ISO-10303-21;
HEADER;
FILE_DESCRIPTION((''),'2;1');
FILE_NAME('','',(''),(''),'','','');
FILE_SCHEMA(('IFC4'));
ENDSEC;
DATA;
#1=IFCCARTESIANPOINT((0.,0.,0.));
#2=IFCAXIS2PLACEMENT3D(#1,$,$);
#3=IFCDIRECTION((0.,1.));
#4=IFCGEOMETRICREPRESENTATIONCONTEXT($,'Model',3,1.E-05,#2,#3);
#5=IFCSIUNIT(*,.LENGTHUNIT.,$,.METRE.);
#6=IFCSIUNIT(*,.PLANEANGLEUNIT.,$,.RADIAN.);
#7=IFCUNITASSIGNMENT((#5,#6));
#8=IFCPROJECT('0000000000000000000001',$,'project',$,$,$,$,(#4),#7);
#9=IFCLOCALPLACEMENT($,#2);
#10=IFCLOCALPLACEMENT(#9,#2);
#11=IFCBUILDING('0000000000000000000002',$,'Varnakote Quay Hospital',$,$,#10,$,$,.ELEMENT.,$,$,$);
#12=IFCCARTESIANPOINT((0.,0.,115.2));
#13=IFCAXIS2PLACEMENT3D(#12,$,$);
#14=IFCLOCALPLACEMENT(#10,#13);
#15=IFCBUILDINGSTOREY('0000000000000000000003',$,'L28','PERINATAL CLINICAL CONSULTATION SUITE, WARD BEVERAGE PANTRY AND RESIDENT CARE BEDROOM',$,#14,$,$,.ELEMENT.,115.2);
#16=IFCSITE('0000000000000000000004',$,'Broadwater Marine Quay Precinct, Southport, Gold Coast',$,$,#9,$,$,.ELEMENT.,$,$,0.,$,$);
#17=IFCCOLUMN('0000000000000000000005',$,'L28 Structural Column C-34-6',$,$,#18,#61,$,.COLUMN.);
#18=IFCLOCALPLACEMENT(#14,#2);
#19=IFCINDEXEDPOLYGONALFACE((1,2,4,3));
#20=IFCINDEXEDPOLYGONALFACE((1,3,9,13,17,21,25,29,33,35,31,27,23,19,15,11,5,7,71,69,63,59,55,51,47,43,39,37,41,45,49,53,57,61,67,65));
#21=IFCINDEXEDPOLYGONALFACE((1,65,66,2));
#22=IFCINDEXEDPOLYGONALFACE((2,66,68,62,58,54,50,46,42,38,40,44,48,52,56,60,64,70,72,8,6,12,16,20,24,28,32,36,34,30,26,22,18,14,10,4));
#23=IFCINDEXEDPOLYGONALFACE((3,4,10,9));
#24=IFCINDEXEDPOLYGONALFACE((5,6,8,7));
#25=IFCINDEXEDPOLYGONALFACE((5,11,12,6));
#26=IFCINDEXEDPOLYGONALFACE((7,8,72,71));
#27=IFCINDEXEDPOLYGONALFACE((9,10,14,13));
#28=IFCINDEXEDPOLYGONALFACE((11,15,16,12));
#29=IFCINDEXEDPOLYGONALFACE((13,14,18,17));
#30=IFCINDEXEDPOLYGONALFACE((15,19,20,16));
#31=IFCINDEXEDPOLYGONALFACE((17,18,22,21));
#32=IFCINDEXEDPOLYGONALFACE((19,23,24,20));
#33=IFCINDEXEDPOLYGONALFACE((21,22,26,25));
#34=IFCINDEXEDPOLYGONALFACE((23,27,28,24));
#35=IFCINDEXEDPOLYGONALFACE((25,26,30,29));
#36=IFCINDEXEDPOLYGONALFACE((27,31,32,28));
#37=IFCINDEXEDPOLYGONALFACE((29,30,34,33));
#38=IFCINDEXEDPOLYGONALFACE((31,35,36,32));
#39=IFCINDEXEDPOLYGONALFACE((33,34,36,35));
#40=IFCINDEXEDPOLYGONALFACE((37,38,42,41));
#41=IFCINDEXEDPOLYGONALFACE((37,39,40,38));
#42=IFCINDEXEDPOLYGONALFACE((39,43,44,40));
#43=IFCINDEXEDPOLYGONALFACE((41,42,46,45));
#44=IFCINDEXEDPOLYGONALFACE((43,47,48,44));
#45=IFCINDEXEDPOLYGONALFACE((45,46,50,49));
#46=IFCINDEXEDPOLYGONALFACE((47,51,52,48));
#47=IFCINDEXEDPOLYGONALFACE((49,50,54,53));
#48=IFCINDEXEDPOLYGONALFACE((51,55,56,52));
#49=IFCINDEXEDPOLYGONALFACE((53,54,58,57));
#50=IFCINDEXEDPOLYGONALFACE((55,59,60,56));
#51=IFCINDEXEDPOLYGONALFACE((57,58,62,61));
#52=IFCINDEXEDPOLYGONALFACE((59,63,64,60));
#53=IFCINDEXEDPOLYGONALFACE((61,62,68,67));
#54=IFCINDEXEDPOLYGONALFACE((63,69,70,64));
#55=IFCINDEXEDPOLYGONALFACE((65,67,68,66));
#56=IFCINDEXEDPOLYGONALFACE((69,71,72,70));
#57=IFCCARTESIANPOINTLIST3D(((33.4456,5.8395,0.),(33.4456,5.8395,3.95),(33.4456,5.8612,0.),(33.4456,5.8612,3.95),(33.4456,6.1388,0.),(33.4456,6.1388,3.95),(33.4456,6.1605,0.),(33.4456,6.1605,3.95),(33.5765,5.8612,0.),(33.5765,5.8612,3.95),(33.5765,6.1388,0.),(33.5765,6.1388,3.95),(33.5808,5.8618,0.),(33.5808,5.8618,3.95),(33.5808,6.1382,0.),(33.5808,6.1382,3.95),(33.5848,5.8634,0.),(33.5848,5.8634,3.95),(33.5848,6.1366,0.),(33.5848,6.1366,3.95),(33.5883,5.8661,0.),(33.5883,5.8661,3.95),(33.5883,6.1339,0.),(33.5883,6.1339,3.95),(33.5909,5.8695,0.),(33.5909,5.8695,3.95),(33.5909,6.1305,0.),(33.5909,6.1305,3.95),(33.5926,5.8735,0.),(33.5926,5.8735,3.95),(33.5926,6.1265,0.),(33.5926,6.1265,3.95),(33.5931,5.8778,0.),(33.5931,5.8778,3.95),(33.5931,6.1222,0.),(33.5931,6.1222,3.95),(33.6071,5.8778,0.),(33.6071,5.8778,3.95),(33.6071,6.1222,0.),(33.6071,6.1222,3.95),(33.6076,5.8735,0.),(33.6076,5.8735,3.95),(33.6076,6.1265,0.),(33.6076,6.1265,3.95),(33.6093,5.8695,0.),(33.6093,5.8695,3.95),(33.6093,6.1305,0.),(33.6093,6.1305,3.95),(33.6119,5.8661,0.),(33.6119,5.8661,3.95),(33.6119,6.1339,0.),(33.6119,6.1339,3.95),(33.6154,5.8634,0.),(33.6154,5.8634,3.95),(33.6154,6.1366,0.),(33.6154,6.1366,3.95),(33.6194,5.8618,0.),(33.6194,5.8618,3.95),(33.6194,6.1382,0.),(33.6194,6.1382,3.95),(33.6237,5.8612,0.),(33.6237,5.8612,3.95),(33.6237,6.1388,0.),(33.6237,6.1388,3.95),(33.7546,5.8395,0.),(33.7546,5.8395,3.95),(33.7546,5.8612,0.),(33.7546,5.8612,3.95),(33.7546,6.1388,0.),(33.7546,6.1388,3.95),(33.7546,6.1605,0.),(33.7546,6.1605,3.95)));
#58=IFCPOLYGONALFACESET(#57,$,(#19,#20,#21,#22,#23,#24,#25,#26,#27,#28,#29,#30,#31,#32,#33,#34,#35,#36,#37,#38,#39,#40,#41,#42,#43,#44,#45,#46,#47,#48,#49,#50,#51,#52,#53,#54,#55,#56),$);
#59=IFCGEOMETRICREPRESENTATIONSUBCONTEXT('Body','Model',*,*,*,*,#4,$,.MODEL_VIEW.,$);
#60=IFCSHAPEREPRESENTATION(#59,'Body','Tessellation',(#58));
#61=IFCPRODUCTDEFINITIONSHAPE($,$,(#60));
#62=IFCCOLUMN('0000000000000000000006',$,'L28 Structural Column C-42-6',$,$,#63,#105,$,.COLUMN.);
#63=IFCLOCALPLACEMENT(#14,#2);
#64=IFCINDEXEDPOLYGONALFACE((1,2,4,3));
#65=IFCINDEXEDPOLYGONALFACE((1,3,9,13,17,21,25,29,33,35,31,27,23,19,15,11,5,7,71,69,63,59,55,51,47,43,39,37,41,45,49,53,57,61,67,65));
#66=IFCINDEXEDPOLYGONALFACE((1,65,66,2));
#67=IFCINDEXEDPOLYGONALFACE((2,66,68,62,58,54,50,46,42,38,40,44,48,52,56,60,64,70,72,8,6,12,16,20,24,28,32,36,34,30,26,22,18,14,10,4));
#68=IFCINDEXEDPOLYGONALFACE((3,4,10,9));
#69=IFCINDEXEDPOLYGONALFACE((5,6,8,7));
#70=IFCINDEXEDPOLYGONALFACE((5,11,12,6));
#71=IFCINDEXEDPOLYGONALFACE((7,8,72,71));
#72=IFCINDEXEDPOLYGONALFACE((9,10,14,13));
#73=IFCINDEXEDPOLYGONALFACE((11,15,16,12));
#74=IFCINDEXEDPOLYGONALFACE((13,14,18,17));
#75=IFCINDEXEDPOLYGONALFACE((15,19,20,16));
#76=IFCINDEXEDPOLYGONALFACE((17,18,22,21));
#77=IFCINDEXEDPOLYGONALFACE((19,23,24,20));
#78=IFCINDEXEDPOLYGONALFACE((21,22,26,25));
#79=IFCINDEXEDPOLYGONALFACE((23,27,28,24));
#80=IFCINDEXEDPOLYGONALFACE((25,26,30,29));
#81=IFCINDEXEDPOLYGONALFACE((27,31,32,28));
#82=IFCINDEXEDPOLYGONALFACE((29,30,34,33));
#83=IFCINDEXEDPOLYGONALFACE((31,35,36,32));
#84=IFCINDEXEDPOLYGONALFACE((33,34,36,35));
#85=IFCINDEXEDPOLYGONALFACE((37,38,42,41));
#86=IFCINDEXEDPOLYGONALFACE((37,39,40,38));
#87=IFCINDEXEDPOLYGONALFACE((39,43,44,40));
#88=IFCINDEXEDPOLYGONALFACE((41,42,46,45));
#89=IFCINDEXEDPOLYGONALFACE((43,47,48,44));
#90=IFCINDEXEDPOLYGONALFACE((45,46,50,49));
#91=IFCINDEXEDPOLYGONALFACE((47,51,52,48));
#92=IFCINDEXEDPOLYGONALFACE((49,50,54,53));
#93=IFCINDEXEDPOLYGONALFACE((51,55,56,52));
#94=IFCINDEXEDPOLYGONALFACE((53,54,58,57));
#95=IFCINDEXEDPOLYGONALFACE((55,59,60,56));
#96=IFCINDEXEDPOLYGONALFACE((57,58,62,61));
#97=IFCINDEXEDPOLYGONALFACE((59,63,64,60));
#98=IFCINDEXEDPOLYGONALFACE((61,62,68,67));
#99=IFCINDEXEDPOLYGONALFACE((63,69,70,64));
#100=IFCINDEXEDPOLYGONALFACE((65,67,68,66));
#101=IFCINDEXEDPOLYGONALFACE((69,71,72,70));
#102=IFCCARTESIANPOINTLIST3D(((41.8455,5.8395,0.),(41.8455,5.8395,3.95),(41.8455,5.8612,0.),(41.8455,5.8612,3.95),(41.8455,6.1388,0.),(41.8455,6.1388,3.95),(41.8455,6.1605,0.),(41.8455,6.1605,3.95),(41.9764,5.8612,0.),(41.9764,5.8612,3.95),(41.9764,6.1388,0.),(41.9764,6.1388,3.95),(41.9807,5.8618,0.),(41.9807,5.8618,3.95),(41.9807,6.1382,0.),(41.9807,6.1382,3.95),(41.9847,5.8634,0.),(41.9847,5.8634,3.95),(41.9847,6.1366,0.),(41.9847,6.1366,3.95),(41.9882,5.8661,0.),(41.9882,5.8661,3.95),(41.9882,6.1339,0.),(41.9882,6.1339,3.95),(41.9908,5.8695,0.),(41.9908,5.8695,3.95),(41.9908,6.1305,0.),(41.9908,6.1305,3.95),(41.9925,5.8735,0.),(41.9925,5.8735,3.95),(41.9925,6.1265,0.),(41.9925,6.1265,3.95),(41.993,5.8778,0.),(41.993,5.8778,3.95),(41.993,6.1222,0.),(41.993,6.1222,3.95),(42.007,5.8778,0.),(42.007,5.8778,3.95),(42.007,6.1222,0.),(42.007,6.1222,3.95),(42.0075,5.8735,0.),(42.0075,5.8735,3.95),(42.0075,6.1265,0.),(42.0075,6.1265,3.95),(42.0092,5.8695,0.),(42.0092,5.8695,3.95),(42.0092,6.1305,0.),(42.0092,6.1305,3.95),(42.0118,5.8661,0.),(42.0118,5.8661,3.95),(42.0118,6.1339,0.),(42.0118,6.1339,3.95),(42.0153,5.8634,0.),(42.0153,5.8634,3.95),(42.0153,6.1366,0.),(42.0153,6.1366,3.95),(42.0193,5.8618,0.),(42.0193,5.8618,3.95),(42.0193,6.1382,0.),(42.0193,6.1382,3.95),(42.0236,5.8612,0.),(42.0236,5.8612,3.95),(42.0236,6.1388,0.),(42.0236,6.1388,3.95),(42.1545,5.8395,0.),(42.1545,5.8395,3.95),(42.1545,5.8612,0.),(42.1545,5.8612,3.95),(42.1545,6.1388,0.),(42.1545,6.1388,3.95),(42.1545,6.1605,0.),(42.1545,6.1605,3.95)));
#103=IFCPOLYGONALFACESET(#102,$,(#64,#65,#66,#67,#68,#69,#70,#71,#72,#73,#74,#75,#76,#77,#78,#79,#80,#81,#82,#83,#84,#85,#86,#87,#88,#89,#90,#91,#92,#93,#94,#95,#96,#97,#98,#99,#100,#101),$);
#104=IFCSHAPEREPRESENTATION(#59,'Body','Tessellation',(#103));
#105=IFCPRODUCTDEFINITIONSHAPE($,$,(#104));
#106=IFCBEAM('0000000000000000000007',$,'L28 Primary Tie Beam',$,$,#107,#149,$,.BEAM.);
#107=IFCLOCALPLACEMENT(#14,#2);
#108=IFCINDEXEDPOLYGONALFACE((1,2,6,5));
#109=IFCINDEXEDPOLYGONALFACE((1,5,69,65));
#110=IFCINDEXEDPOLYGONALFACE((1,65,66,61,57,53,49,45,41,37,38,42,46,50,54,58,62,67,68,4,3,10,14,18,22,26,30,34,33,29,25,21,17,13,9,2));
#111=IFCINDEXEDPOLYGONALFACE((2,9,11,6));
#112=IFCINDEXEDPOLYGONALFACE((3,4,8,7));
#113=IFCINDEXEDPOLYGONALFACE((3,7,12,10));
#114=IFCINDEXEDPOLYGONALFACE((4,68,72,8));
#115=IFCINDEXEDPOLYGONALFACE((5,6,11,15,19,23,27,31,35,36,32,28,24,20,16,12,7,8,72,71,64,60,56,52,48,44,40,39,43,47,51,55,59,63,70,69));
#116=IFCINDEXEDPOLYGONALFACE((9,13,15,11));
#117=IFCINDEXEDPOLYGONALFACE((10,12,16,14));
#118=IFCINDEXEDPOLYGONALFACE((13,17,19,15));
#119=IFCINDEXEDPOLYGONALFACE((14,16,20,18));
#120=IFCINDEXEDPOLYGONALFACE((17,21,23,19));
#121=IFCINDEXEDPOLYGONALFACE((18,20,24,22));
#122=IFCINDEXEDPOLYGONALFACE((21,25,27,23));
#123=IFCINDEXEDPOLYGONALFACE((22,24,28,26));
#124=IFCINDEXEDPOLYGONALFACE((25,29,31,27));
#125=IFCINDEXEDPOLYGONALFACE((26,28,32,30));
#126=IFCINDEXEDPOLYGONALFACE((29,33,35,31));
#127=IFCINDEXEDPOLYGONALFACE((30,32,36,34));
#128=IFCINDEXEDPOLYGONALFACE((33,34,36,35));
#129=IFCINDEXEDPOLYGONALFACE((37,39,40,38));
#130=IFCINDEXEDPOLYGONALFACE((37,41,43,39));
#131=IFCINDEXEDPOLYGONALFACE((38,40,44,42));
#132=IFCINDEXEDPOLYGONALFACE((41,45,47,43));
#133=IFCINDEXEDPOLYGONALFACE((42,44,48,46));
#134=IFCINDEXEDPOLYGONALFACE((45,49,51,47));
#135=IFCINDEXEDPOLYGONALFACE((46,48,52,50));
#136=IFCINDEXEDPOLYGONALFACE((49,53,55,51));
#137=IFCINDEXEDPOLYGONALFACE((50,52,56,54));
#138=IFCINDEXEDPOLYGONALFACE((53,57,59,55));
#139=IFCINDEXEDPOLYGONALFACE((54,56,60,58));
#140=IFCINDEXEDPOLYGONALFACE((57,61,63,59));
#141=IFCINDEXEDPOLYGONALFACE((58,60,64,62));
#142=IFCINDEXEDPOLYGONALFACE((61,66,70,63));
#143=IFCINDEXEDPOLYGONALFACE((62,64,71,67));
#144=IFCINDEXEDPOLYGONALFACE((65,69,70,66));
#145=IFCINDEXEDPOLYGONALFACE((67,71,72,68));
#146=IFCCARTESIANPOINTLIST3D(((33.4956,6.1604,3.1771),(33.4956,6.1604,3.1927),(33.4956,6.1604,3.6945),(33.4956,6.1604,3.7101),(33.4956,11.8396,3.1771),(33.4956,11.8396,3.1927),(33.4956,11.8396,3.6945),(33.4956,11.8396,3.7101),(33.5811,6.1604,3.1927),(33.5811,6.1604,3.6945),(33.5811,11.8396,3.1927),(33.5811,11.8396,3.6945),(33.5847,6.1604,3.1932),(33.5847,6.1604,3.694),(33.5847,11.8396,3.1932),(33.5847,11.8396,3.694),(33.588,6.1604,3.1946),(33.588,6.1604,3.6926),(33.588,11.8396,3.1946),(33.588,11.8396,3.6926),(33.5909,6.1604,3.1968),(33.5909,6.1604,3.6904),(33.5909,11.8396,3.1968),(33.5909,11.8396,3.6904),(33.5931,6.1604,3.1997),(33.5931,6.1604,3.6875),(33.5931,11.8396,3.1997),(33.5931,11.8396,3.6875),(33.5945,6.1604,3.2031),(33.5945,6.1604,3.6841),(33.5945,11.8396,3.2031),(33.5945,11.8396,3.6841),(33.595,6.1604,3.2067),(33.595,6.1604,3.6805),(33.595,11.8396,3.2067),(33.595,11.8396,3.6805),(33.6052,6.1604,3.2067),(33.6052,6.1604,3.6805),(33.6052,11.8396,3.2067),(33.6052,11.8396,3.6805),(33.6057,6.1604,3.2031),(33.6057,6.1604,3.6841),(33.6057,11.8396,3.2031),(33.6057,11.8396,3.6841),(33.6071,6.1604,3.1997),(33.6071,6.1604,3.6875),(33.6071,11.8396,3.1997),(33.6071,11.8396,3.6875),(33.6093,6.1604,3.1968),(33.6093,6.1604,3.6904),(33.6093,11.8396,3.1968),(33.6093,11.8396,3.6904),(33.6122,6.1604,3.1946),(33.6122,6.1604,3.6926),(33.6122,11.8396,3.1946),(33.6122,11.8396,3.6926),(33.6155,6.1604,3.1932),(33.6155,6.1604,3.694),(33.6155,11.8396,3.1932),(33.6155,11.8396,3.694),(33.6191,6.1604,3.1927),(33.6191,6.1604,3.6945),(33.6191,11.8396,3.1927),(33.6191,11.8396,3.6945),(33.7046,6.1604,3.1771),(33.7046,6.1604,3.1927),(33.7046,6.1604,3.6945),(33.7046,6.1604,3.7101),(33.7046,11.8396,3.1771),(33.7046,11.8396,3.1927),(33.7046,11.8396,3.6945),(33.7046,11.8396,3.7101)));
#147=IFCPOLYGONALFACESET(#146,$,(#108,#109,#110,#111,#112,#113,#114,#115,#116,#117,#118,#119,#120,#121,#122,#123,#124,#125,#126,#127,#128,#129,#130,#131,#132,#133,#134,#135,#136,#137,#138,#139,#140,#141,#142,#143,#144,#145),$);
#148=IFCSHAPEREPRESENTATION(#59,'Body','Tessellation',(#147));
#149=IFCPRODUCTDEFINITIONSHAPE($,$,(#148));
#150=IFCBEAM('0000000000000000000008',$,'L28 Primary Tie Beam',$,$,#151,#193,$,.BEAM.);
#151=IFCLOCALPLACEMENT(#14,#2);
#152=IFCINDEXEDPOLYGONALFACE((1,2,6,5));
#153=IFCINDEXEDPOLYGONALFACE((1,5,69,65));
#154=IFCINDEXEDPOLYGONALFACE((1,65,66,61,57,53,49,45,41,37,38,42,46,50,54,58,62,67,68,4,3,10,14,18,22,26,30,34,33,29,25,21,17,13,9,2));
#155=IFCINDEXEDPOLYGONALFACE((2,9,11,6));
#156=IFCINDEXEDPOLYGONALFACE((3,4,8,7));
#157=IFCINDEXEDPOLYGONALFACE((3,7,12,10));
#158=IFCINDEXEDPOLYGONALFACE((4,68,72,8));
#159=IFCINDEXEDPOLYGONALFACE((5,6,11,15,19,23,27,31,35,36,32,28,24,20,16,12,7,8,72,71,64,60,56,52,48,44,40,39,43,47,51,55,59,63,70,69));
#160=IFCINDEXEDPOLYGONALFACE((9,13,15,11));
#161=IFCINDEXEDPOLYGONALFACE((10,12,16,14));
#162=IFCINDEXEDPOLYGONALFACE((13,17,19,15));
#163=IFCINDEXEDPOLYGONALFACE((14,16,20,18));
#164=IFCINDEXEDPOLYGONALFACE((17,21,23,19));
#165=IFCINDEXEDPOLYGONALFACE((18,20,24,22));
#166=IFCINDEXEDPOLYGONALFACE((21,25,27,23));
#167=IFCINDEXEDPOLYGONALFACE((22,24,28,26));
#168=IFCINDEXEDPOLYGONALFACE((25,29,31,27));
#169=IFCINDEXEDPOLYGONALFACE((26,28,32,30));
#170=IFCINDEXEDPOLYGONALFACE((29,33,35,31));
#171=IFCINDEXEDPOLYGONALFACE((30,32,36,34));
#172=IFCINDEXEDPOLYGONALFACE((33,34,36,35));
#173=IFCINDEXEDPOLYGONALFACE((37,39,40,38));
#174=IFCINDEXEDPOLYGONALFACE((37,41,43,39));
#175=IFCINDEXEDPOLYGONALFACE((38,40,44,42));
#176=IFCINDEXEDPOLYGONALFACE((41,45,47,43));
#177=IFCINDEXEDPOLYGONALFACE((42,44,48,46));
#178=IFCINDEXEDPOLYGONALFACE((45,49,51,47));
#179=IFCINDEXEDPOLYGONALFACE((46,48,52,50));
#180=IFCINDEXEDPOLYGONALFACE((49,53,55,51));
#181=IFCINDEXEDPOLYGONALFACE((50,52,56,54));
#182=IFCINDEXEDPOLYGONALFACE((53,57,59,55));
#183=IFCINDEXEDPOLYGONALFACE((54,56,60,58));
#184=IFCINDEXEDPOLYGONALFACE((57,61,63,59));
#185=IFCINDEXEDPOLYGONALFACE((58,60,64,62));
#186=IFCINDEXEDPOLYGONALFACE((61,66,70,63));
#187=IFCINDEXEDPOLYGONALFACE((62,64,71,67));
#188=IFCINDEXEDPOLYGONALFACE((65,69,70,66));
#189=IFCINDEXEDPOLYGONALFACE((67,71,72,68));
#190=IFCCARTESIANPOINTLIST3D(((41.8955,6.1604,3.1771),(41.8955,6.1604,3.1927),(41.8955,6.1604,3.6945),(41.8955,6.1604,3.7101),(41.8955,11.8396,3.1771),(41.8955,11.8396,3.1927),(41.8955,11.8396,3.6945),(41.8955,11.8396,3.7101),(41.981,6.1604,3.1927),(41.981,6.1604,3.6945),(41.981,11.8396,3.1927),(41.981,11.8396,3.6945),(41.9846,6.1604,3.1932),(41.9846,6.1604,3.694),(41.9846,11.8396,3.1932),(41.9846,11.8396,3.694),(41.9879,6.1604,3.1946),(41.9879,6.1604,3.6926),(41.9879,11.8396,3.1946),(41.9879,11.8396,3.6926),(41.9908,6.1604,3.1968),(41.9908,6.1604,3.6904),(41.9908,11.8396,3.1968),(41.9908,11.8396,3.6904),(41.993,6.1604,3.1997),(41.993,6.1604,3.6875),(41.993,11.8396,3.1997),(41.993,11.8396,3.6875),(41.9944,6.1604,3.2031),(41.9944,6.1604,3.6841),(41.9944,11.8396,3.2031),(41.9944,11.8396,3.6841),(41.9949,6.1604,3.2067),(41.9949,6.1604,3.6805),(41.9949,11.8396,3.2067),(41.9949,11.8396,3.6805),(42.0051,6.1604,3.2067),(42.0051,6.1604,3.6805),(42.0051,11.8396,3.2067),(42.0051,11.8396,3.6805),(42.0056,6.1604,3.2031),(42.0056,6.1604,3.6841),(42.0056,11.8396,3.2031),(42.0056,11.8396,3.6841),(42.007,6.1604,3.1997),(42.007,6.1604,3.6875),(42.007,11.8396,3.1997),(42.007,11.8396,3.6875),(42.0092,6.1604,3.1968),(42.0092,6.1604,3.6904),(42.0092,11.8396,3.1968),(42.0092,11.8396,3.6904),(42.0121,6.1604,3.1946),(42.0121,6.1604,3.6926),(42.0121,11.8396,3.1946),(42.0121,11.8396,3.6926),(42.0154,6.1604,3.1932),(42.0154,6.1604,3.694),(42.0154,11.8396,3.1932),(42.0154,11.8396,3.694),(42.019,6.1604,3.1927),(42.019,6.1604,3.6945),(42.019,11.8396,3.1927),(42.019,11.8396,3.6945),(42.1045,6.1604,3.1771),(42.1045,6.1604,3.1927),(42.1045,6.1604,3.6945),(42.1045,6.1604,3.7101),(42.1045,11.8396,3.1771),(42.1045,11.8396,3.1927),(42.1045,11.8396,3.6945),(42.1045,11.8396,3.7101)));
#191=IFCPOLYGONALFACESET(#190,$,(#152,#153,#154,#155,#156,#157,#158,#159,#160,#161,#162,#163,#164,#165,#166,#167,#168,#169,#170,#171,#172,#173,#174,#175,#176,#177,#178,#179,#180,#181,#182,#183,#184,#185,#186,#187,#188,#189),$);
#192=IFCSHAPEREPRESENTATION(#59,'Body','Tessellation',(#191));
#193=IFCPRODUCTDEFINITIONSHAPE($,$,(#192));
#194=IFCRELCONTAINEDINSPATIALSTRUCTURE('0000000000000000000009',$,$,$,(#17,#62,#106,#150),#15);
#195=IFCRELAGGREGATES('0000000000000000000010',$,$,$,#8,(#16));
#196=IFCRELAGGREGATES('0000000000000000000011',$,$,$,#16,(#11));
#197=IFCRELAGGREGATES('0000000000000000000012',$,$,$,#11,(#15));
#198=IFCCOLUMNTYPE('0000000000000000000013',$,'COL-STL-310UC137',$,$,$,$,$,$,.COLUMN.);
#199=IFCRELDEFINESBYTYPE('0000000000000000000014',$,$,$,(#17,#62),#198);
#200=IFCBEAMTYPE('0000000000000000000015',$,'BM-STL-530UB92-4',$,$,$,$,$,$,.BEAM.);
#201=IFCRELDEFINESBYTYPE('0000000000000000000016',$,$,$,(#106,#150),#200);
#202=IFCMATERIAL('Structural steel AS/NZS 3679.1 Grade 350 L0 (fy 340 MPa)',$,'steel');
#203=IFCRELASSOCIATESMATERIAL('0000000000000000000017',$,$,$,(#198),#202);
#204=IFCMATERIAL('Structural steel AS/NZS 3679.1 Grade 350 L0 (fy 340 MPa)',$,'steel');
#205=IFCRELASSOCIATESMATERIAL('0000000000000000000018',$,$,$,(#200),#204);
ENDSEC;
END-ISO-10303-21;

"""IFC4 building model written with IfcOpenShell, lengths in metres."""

from ifc_helpers import new_model, si_unit, direction, frame, origin, origin_2d, place, context, subcontext, project, spatial, i_section, extrude, material, material_profile, profile_set, type_object, element, save


model = new_model("IFC4")

# Units and contexts
model_context = context("Model", 3, precision=1e-05, world=origin(), true_north=direction((0.0, 1.0)))
body_context = subcontext(model_context, "Body", "Model", "MODEL_VIEW")
ifc_project = project(units=[si_unit("LENGTHUNIT", "METRE"), si_unit("PLANEANGLEUNIT", "RADIAN")], contexts=[model_context])

# Site, building, storey
site_placement = place(None, origin())
site = spatial("IfcSite", under=ifc_project, at=site_placement, Name="Broadwater Marine Quay Precinct, Southport, Gold Coast", CompositionType="ELEMENT", RefElevation=0.0)
building_placement = place(site_placement, origin())
building = spatial("IfcBuilding", under=site, at=building_placement, Name="Varnakote Quay Hospital", CompositionType="ELEMENT")
storey_placement = place(building_placement, frame((0.0, 0.0, 115.2)))
storey = spatial("IfcBuildingStorey", under=building, at=storey_placement, Name="L28", Description="PERINATAL CLINICAL CONSULTATION SUITE, WARD BEVERAGE PANTRY AND RESIDENT CARE BEDROOM", CompositionType="ELEMENT", Elevation=115.2)

# Columns
ifc_material_1 = material(Name="Structural steel AS/NZS 3679.1 Grade 350 L0 (fy 340 MPa)", Category="steel")
ifc_material_profile_1 = material_profile(ifc_material_1, i_section(OverallWidth=0.3091, OverallDepth=0.321, WebThickness=0.0139, FlangeThickness=0.0217, FilletRadius=0.0166, at=origin_2d()), Name="310UC137")
ifc_profile_set_1 = profile_set([ifc_material_profile_1], Name="Structural steel AS/NZS 3679.1 Grade 350 L0 (fy 340 MPa)")
column_type = type_object("IfcColumnType", Name="COL-STL-310UC137", PredefinedType="COLUMN", material=ifc_profile_set_1)
for number, where, z_axis, x_axis, name in (
    (1, (33.6001, 6.0, 0.0), (0.0, 0.0, 1.0), (1.0, 0.0, 0.0), "L28 Structural Column C-34-6"),
    (2, (42.0, 6.0, 0.0), (0.0, 0.0, 1.0), (1.0, 0.0, 0.0), "L28 Structural Column C-42-6"),
):
    element("IfcColumn", number, at=place(storey_placement, frame(where, z_axis=z_axis, x_axis=x_axis)), inside=storey, type_object=column_type, Name=name, PredefinedType="COLUMN", context=body_context, shape_type="SweptSolid", body=[
        extrude(i_section(OverallWidth=0.3091, OverallDepth=0.321, WebThickness=0.0139, FlangeThickness=0.0217, FilletRadius=0.0166, at=origin_2d()), origin(), (0.0, 0.0, 1.0), 3.95),
    ])

# Beams
ifc_material_2 = material(Name="Structural steel AS/NZS 3679.1 Grade 350 L0 (fy 340 MPa)", Category="steel")
ifc_material_profile_2 = material_profile(ifc_material_2, i_section(OverallWidth=0.209, OverallDepth=0.533, WebThickness=0.0103, FlangeThickness=0.0156, FilletRadius=0.0139, at=origin_2d()), Name="530UB92.4")
ifc_profile_set_2 = profile_set([ifc_material_profile_2], Name="Structural steel AS/NZS 3679.1 Grade 350 L0 (fy 340 MPa)")
beam_type_1 = type_object("IfcBeamType", Name="BM-STL-530UB92-4", PredefinedType="BEAM", material=ifc_profile_set_2)
for number, where, z_axis, x_axis, name in (
    (3, (33.6001, 6.1604, 3.4436), (0.0, 1.0, 0.0), (-1.0, 0.0, 0.0), "L28 Primary Tie Beam"),
    (4, (42.0, 6.1604, 3.4436), (0.0, 1.0, 0.0), (-1.0, 0.0, 0.0), "L28 Primary Tie Beam"),
):
    element("IfcBeam", number, at=place(storey_placement, frame(where, z_axis=z_axis, x_axis=x_axis)), inside=storey, type_object=beam_type_1, Name=name, PredefinedType="BEAM", context=body_context, shape_type="SweptSolid", body=[
        extrude(i_section(OverallWidth=0.209, OverallDepth=0.533, WebThickness=0.0103, FlangeThickness=0.0156, FilletRadius=0.0139, at=origin_2d()), origin(), (0.0, 0.0, 1.0), 5.6792),
    ])

save(model, "model.ifc")
